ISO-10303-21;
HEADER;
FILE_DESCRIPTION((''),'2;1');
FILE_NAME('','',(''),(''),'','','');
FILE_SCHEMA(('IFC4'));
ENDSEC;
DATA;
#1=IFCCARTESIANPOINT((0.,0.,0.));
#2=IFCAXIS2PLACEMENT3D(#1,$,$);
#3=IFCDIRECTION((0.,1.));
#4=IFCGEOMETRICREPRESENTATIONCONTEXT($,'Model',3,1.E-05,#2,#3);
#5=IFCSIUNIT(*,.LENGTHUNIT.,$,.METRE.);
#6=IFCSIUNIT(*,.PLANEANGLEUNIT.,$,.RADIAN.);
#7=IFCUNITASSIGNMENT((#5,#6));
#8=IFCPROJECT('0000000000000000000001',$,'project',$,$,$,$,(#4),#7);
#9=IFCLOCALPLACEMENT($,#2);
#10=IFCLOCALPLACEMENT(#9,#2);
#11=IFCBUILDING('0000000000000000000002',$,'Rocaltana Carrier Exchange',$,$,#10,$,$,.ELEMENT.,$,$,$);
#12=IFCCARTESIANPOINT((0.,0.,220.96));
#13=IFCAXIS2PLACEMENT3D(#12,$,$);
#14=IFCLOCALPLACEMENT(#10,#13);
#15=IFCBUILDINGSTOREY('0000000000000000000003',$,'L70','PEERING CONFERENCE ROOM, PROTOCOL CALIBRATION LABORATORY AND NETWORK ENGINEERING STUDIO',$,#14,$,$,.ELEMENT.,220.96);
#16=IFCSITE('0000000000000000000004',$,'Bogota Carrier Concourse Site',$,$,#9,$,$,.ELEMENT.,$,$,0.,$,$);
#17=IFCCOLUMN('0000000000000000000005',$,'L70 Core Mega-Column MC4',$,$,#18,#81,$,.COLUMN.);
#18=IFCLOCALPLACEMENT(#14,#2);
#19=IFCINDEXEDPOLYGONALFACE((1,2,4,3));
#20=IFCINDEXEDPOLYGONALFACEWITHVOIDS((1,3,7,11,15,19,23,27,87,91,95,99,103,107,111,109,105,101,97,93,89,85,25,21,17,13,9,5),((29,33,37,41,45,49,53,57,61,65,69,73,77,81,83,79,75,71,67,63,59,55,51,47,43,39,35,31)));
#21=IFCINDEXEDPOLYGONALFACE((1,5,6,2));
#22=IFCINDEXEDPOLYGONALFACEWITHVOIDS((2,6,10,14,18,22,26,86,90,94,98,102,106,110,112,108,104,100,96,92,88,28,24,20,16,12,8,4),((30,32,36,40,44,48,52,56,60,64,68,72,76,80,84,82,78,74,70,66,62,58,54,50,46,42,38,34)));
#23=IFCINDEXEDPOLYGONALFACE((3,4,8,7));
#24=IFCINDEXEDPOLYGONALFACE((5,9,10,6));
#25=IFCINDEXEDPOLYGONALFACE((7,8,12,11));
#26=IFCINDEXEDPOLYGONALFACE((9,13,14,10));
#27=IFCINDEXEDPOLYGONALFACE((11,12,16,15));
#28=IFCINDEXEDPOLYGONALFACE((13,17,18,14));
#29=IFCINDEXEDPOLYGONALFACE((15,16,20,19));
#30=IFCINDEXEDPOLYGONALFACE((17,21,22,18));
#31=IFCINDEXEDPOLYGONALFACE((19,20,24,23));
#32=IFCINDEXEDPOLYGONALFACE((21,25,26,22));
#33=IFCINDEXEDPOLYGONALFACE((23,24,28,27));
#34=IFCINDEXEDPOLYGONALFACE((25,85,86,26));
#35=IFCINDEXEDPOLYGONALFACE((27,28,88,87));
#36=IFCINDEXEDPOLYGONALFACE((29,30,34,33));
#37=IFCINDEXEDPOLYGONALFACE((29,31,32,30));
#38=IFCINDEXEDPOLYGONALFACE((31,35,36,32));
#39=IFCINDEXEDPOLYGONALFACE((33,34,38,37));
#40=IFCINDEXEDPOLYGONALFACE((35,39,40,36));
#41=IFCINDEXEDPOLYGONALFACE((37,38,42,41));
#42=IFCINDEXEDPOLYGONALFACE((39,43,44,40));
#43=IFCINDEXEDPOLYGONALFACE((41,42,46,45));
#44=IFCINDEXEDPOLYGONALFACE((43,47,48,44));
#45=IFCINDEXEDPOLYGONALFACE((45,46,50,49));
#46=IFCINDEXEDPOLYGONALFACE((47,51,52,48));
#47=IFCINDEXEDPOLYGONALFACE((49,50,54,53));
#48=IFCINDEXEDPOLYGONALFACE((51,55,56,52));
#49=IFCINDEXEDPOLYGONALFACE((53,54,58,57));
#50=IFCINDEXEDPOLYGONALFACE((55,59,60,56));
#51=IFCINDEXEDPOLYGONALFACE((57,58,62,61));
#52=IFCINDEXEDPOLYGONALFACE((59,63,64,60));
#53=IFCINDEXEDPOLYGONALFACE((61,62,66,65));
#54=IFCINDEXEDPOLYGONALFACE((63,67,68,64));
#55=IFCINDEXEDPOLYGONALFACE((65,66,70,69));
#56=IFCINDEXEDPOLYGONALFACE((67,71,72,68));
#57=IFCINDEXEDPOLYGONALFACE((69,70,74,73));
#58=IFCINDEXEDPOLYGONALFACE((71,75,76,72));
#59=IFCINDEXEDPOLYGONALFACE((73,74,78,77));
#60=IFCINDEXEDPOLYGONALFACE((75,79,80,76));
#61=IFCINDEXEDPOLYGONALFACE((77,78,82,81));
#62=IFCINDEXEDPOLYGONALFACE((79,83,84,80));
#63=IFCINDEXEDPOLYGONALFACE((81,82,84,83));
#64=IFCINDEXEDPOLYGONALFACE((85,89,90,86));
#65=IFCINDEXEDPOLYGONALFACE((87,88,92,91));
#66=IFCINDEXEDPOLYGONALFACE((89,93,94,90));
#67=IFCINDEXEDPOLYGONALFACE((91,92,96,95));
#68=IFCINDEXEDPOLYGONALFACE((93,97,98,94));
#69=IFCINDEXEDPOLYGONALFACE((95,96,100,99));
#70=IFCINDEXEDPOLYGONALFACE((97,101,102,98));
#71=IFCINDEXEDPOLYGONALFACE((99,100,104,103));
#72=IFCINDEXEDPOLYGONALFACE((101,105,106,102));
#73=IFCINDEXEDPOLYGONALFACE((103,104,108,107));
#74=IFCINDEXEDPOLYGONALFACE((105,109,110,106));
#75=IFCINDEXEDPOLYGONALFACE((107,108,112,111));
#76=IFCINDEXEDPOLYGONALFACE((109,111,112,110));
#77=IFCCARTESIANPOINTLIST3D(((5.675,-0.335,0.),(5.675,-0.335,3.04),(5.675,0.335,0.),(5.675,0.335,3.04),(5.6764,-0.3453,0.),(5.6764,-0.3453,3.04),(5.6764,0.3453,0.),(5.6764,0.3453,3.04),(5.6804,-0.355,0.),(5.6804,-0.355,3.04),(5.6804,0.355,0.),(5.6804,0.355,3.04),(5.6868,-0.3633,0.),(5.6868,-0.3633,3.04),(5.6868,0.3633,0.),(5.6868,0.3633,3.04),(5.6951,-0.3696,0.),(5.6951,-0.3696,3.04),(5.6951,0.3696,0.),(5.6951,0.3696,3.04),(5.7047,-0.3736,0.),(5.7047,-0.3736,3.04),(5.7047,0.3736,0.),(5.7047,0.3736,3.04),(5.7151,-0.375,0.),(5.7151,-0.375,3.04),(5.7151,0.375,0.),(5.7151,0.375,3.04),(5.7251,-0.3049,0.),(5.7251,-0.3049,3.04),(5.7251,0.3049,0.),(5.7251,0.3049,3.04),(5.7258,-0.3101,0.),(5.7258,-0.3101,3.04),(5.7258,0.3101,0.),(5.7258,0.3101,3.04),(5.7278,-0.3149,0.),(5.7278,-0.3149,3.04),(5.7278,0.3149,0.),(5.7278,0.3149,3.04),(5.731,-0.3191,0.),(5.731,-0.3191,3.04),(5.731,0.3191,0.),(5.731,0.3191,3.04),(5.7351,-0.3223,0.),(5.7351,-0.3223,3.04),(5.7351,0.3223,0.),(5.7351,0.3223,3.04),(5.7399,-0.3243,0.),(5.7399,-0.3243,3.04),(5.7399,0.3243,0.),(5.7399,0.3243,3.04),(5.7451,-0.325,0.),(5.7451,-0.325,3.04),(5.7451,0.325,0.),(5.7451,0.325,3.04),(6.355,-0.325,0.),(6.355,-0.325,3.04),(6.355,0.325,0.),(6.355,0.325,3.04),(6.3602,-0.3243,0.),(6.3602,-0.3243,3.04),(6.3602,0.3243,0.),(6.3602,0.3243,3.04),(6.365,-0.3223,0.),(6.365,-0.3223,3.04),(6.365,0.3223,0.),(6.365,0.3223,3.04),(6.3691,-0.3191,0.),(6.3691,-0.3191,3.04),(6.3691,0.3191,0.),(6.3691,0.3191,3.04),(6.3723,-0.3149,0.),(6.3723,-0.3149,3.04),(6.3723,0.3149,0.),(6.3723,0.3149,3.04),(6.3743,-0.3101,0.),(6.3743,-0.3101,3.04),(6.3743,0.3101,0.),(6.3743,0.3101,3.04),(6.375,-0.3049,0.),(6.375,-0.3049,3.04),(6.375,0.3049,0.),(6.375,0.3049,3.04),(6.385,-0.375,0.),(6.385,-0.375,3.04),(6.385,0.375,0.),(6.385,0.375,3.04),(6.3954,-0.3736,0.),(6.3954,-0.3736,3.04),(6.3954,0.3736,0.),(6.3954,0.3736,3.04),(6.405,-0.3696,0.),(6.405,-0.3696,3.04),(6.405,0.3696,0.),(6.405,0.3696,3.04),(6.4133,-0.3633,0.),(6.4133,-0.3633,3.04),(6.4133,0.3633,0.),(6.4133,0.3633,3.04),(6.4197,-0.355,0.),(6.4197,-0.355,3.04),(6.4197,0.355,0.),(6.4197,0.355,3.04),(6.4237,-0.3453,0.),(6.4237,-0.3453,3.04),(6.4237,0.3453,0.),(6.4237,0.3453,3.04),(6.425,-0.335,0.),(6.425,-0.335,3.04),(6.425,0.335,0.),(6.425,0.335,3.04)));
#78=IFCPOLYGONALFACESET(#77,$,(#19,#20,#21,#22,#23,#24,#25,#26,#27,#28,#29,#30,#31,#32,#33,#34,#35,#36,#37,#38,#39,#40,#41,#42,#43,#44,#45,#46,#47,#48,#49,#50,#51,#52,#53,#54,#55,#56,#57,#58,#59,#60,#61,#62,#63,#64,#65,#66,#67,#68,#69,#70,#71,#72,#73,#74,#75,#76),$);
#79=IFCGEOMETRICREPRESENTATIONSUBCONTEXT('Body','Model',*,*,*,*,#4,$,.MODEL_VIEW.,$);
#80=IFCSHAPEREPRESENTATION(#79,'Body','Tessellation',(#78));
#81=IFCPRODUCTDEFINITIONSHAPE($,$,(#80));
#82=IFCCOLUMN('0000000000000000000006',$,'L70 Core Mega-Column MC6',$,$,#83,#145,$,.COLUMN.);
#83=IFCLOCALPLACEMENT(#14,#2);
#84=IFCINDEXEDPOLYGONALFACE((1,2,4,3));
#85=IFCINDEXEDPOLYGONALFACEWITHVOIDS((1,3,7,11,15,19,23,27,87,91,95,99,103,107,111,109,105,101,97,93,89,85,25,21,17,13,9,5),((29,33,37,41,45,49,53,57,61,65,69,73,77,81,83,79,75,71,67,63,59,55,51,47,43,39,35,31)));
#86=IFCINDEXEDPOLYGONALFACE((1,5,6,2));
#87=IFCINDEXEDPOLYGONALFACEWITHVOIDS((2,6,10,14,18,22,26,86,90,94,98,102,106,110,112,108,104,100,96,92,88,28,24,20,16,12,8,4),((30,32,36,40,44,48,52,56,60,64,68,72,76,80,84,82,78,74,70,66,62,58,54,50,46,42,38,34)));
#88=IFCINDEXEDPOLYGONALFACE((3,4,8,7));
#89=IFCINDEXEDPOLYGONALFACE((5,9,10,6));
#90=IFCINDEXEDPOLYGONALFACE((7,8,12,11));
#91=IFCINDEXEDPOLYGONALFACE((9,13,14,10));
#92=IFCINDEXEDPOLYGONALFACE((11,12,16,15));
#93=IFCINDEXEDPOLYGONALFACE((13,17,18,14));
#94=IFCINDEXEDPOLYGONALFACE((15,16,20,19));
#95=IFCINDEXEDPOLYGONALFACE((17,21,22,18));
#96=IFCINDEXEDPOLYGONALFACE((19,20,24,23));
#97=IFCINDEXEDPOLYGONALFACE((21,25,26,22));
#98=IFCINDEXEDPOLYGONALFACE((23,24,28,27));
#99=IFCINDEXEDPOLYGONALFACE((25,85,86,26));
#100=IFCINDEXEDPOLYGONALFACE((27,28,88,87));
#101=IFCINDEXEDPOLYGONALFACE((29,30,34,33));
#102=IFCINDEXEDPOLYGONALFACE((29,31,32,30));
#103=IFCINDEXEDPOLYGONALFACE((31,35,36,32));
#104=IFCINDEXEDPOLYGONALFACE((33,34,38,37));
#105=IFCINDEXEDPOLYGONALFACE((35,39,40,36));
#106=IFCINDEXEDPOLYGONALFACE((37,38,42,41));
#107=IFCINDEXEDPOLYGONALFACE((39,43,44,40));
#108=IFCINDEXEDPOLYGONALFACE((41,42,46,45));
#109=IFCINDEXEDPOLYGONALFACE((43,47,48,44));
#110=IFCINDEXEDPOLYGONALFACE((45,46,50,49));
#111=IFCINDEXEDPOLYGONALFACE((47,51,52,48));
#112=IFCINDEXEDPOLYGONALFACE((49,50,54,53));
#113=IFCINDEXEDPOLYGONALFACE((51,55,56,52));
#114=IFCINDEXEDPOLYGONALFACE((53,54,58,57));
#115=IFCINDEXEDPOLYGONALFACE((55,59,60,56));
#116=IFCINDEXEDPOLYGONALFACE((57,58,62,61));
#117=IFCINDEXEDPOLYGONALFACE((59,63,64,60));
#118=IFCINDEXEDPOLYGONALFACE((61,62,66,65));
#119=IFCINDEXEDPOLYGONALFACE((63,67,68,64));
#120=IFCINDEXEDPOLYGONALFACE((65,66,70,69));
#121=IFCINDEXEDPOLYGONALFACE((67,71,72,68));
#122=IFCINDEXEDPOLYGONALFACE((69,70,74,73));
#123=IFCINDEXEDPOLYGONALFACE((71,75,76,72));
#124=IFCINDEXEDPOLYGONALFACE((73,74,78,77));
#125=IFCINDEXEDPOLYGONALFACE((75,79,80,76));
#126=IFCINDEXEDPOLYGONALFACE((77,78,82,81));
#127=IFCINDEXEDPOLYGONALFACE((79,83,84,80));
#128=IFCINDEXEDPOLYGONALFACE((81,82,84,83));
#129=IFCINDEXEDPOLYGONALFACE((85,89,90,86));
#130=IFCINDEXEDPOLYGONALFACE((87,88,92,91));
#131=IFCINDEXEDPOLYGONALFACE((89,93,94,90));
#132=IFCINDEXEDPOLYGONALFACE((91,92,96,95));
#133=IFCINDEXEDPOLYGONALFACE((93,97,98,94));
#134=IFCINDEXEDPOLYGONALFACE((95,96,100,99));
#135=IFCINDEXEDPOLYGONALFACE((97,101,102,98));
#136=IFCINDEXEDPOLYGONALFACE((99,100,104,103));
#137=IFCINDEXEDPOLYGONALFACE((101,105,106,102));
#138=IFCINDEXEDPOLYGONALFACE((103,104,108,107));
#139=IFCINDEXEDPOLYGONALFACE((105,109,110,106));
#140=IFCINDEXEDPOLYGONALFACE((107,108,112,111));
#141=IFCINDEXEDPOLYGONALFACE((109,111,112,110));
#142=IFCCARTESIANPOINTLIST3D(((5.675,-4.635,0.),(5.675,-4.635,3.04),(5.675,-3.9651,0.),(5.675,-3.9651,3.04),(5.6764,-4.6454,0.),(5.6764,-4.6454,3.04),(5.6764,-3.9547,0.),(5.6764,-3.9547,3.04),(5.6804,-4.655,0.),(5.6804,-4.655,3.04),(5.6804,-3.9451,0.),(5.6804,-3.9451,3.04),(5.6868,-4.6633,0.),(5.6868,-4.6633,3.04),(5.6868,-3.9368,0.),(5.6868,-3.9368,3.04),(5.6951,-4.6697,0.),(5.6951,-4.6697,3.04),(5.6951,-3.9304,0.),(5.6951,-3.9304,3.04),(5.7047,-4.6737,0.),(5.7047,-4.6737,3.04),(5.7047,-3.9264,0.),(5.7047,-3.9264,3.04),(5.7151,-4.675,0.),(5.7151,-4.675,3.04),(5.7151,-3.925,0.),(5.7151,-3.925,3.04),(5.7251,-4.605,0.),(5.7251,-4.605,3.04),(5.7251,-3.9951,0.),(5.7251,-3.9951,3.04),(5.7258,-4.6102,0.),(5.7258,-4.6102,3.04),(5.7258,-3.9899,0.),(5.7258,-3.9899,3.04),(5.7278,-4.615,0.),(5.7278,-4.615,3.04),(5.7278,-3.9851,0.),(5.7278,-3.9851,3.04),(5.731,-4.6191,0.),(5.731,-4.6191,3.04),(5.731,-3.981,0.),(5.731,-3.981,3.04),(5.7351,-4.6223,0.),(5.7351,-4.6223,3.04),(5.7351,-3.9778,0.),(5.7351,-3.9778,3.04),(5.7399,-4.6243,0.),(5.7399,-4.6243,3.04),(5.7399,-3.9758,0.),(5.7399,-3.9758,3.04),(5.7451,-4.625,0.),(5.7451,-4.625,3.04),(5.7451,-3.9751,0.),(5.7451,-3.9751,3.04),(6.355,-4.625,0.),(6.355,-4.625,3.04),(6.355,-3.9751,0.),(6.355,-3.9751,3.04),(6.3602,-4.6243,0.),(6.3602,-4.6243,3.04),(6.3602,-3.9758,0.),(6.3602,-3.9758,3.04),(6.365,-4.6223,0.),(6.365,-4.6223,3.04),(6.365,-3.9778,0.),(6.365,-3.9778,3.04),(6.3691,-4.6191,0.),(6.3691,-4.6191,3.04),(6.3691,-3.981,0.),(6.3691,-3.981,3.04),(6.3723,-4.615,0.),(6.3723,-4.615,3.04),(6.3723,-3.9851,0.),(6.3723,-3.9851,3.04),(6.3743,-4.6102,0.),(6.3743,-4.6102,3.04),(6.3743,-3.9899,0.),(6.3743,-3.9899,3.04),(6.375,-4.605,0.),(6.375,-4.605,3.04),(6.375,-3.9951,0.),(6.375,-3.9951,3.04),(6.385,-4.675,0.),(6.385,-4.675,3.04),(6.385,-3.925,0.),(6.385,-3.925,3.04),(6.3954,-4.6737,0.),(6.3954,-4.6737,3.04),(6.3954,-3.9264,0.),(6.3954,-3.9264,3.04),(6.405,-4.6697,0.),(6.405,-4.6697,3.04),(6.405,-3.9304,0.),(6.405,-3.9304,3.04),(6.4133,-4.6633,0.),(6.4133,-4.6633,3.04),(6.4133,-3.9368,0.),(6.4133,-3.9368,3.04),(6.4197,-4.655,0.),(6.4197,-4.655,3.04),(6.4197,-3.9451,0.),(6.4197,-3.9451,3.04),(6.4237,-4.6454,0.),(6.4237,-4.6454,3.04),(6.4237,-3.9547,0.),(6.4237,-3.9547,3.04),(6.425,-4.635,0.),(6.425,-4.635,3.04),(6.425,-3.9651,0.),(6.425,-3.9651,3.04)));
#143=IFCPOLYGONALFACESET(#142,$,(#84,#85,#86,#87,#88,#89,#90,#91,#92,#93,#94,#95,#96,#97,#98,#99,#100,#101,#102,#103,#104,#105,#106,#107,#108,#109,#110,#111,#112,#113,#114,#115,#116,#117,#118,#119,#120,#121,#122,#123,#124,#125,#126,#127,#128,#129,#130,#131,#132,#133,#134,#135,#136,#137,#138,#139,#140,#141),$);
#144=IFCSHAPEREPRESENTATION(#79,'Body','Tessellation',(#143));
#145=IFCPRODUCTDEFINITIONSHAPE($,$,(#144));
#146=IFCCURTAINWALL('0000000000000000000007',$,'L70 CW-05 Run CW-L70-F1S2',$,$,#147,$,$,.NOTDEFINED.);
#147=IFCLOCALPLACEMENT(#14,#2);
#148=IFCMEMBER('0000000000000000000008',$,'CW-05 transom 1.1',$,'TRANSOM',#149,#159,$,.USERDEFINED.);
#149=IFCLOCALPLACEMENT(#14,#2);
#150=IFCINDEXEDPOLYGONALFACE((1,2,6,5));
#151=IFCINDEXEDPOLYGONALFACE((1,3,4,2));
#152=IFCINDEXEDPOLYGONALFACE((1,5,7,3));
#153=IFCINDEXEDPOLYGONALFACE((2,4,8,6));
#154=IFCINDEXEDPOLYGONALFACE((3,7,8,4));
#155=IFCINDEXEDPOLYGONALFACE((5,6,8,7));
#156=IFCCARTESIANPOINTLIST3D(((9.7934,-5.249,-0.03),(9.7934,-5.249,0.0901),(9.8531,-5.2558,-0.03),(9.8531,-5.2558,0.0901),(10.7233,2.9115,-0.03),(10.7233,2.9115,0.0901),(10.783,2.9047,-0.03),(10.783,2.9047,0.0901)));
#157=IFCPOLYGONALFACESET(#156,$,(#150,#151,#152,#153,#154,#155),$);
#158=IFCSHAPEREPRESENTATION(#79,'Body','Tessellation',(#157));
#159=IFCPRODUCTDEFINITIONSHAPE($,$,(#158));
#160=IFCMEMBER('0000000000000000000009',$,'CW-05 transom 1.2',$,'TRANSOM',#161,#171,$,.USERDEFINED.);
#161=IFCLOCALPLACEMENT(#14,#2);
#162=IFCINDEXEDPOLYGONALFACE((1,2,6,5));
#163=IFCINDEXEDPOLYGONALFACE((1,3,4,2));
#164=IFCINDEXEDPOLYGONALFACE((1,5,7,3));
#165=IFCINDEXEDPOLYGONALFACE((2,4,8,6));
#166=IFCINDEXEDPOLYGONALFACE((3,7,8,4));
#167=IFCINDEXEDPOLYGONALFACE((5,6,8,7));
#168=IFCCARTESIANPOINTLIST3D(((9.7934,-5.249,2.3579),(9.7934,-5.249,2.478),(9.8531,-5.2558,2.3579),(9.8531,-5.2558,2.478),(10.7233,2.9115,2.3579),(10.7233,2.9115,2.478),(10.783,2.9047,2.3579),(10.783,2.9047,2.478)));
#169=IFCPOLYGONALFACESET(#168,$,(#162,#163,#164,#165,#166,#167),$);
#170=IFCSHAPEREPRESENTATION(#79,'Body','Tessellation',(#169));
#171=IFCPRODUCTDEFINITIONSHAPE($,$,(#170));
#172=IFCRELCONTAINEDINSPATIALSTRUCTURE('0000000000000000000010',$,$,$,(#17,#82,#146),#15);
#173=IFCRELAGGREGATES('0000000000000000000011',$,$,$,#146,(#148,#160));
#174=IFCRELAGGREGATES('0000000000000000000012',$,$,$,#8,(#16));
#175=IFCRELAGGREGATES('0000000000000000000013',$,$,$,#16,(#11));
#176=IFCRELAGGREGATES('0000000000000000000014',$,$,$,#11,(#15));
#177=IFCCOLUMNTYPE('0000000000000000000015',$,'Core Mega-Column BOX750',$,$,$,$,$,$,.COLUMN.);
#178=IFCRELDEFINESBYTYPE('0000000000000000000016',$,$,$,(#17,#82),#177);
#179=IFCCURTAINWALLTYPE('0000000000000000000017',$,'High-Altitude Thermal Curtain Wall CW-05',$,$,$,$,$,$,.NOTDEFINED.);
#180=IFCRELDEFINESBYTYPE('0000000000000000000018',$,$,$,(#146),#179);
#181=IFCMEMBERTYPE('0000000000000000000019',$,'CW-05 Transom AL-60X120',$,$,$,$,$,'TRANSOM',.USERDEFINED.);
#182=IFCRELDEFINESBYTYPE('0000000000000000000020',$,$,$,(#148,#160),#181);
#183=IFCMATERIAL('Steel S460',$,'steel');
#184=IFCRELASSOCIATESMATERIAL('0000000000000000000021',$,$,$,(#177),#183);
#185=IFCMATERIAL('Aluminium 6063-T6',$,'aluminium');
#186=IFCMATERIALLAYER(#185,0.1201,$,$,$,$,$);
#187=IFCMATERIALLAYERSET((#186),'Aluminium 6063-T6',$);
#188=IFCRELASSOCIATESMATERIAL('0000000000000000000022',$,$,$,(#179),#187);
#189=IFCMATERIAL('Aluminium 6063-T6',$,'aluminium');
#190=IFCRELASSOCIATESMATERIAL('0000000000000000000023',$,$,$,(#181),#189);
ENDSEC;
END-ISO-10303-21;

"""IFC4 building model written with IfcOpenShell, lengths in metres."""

from ifc_helpers import new_model, si_unit, direction, frame, origin, origin_2d, place, context, subcontext, project, spatial, rectangle, hollow_rectangle, extrude, material, layer, layer_set, material_profile, profile_set, type_object, element, aggregate, save


model = new_model("IFC4")

# Units and contexts
model_context = context("Model", 3, precision=1e-05, world=origin(), true_north=direction((0.0, 1.0)))
body_context = subcontext(model_context, "Body", "Model", "MODEL_VIEW")
ifc_project = project(units=[si_unit("LENGTHUNIT", "METRE"), si_unit("PLANEANGLEUNIT", "RADIAN")], contexts=[model_context])

# Site, building, storey
site_placement = place(None, origin())
site = spatial("IfcSite", under=ifc_project, at=site_placement, Name="Bogota Carrier Concourse Site", CompositionType="ELEMENT", RefElevation=0.0)
building_placement = place(site_placement, origin())
building = spatial("IfcBuilding", under=site, at=building_placement, Name="Rocaltana Carrier Exchange", CompositionType="ELEMENT")
storey_placement = place(building_placement, frame((0.0, 0.0, 220.96)))
storey = spatial("IfcBuildingStorey", under=building, at=storey_placement, Name="L70", Description="PEERING CONFERENCE ROOM, PROTOCOL CALIBRATION LABORATORY AND NETWORK ENGINEERING STUDIO", CompositionType="ELEMENT", Elevation=220.96)

# Columns
ifc_material_1 = material(Name="Steel S460", Category="steel")
ifc_material_profile_1 = material_profile(ifc_material_1, hollow_rectangle(XDim=0.75, YDim=0.75, WallThickness=0.05, InnerFilletRadius=0.02, OuterFilletRadius=0.04, at=origin_2d()), Name="BOX750X750X50")
ifc_profile_set_1 = profile_set([ifc_material_profile_1], Name="Steel S460")
column_type = type_object("IfcColumnType", Name="Core Mega-Column BOX750", PredefinedType="COLUMN", material=ifc_profile_set_1)
for number, where, z_axis, x_axis, name in (
    (1, (6.05, 0.0, 0.0), (0.0, 0.0, 1.0), (1.0, 0.0, 0.0), "L70 Core Mega-Column MC4"),
    (2, (6.05, -4.3, 0.0), (0.0, 0.0, 1.0), (1.0, 0.0, 0.0), "L70 Core Mega-Column MC6"),
):
    element("IfcColumn", number, at=place(storey_placement, frame(where, z_axis=z_axis, x_axis=x_axis)), inside=storey, type_object=column_type, Name=name, PredefinedType="COLUMN", context=body_context, shape_type="SweptSolid", body=[
        extrude(hollow_rectangle(XDim=0.75, YDim=0.75, WallThickness=0.05, InnerFilletRadius=0.02, OuterFilletRadius=0.04, at=origin_2d()), origin(), (0.0, 0.0, 1.0), 3.04),
    ])

# Curtain wall, members
ifc_material_2 = material(Name="Aluminium 6063-T6", Category="aluminium")
ifc_layer_1 = layer(ifc_material_2, 0.1201)
ifc_layer_set_1 = layer_set([ifc_layer_1], Name="Aluminium 6063-T6")
curtain_wall_type = type_object("IfcCurtainWallType", Name="High-Altitude Thermal Curtain Wall CW-05", PredefinedType="NOTDEFINED", material=ifc_layer_set_1)
curtain_wall_placement = place(storey_placement, origin())
curtain_wall = element("IfcCurtainWall", 3, at=curtain_wall_placement, inside=storey, type_object=curtain_wall_type, Name="L70 CW-05 Run CW-L70-F1S2", PredefinedType="NOTDEFINED")
ifc_material_3 = material(Name="Aluminium 6063-T6", Category="aluminium")
ifc_material_profile_2 = material_profile(ifc_material_3, rectangle(XDim=0.0601, YDim=0.1201, at=origin_2d()), Name="AL-60X120")
ifc_profile_set_2 = profile_set([ifc_material_profile_2], Name="Aluminium 6063-T6")
member_type = type_object("IfcMemberType", Name="CW-05 Transom AL-60X120", ElementType="TRANSOM", PredefinedType="USERDEFINED", material=ifc_profile_set_2)
member_1_placement = place(storey_placement, frame((9.8232, -5.2524, 0.03), z_axis=(0.11322, 0.99357, 0.0), x_axis=(-0.99357, 0.11322, 0.0)))
member_1 = element("IfcMember", 4, at=member_1_placement, type_object=member_type, Name="CW-05 transom 1.1", ObjectType="TRANSOM", PredefinedType="USERDEFINED", context=body_context, shape_type="SweptSolid", body=[
    extrude(rectangle(XDim=0.0601, YDim=0.1201, at=origin_2d()), origin(), (0.0, 0.0, 1.0), 8.2134),
])
member_2_placement = place(storey_placement, frame((9.8232, -5.2524, 2.418), z_axis=(0.11322, 0.99357, 0.0), x_axis=(-0.99357, 0.11322, 0.0)))
member_2 = element("IfcMember", 5, at=member_2_placement, type_object=member_type, Name="CW-05 transom 1.2", ObjectType="TRANSOM", PredefinedType="USERDEFINED", context=body_context, shape_type="SweptSolid", body=[
    extrude(rectangle(XDim=0.0601, YDim=0.1201, at=origin_2d()), origin(), (0.0, 0.0, 1.0), 8.2134),
])

aggregate(curtain_wall, [member_1, member_2])

save(model, "model.ifc")
